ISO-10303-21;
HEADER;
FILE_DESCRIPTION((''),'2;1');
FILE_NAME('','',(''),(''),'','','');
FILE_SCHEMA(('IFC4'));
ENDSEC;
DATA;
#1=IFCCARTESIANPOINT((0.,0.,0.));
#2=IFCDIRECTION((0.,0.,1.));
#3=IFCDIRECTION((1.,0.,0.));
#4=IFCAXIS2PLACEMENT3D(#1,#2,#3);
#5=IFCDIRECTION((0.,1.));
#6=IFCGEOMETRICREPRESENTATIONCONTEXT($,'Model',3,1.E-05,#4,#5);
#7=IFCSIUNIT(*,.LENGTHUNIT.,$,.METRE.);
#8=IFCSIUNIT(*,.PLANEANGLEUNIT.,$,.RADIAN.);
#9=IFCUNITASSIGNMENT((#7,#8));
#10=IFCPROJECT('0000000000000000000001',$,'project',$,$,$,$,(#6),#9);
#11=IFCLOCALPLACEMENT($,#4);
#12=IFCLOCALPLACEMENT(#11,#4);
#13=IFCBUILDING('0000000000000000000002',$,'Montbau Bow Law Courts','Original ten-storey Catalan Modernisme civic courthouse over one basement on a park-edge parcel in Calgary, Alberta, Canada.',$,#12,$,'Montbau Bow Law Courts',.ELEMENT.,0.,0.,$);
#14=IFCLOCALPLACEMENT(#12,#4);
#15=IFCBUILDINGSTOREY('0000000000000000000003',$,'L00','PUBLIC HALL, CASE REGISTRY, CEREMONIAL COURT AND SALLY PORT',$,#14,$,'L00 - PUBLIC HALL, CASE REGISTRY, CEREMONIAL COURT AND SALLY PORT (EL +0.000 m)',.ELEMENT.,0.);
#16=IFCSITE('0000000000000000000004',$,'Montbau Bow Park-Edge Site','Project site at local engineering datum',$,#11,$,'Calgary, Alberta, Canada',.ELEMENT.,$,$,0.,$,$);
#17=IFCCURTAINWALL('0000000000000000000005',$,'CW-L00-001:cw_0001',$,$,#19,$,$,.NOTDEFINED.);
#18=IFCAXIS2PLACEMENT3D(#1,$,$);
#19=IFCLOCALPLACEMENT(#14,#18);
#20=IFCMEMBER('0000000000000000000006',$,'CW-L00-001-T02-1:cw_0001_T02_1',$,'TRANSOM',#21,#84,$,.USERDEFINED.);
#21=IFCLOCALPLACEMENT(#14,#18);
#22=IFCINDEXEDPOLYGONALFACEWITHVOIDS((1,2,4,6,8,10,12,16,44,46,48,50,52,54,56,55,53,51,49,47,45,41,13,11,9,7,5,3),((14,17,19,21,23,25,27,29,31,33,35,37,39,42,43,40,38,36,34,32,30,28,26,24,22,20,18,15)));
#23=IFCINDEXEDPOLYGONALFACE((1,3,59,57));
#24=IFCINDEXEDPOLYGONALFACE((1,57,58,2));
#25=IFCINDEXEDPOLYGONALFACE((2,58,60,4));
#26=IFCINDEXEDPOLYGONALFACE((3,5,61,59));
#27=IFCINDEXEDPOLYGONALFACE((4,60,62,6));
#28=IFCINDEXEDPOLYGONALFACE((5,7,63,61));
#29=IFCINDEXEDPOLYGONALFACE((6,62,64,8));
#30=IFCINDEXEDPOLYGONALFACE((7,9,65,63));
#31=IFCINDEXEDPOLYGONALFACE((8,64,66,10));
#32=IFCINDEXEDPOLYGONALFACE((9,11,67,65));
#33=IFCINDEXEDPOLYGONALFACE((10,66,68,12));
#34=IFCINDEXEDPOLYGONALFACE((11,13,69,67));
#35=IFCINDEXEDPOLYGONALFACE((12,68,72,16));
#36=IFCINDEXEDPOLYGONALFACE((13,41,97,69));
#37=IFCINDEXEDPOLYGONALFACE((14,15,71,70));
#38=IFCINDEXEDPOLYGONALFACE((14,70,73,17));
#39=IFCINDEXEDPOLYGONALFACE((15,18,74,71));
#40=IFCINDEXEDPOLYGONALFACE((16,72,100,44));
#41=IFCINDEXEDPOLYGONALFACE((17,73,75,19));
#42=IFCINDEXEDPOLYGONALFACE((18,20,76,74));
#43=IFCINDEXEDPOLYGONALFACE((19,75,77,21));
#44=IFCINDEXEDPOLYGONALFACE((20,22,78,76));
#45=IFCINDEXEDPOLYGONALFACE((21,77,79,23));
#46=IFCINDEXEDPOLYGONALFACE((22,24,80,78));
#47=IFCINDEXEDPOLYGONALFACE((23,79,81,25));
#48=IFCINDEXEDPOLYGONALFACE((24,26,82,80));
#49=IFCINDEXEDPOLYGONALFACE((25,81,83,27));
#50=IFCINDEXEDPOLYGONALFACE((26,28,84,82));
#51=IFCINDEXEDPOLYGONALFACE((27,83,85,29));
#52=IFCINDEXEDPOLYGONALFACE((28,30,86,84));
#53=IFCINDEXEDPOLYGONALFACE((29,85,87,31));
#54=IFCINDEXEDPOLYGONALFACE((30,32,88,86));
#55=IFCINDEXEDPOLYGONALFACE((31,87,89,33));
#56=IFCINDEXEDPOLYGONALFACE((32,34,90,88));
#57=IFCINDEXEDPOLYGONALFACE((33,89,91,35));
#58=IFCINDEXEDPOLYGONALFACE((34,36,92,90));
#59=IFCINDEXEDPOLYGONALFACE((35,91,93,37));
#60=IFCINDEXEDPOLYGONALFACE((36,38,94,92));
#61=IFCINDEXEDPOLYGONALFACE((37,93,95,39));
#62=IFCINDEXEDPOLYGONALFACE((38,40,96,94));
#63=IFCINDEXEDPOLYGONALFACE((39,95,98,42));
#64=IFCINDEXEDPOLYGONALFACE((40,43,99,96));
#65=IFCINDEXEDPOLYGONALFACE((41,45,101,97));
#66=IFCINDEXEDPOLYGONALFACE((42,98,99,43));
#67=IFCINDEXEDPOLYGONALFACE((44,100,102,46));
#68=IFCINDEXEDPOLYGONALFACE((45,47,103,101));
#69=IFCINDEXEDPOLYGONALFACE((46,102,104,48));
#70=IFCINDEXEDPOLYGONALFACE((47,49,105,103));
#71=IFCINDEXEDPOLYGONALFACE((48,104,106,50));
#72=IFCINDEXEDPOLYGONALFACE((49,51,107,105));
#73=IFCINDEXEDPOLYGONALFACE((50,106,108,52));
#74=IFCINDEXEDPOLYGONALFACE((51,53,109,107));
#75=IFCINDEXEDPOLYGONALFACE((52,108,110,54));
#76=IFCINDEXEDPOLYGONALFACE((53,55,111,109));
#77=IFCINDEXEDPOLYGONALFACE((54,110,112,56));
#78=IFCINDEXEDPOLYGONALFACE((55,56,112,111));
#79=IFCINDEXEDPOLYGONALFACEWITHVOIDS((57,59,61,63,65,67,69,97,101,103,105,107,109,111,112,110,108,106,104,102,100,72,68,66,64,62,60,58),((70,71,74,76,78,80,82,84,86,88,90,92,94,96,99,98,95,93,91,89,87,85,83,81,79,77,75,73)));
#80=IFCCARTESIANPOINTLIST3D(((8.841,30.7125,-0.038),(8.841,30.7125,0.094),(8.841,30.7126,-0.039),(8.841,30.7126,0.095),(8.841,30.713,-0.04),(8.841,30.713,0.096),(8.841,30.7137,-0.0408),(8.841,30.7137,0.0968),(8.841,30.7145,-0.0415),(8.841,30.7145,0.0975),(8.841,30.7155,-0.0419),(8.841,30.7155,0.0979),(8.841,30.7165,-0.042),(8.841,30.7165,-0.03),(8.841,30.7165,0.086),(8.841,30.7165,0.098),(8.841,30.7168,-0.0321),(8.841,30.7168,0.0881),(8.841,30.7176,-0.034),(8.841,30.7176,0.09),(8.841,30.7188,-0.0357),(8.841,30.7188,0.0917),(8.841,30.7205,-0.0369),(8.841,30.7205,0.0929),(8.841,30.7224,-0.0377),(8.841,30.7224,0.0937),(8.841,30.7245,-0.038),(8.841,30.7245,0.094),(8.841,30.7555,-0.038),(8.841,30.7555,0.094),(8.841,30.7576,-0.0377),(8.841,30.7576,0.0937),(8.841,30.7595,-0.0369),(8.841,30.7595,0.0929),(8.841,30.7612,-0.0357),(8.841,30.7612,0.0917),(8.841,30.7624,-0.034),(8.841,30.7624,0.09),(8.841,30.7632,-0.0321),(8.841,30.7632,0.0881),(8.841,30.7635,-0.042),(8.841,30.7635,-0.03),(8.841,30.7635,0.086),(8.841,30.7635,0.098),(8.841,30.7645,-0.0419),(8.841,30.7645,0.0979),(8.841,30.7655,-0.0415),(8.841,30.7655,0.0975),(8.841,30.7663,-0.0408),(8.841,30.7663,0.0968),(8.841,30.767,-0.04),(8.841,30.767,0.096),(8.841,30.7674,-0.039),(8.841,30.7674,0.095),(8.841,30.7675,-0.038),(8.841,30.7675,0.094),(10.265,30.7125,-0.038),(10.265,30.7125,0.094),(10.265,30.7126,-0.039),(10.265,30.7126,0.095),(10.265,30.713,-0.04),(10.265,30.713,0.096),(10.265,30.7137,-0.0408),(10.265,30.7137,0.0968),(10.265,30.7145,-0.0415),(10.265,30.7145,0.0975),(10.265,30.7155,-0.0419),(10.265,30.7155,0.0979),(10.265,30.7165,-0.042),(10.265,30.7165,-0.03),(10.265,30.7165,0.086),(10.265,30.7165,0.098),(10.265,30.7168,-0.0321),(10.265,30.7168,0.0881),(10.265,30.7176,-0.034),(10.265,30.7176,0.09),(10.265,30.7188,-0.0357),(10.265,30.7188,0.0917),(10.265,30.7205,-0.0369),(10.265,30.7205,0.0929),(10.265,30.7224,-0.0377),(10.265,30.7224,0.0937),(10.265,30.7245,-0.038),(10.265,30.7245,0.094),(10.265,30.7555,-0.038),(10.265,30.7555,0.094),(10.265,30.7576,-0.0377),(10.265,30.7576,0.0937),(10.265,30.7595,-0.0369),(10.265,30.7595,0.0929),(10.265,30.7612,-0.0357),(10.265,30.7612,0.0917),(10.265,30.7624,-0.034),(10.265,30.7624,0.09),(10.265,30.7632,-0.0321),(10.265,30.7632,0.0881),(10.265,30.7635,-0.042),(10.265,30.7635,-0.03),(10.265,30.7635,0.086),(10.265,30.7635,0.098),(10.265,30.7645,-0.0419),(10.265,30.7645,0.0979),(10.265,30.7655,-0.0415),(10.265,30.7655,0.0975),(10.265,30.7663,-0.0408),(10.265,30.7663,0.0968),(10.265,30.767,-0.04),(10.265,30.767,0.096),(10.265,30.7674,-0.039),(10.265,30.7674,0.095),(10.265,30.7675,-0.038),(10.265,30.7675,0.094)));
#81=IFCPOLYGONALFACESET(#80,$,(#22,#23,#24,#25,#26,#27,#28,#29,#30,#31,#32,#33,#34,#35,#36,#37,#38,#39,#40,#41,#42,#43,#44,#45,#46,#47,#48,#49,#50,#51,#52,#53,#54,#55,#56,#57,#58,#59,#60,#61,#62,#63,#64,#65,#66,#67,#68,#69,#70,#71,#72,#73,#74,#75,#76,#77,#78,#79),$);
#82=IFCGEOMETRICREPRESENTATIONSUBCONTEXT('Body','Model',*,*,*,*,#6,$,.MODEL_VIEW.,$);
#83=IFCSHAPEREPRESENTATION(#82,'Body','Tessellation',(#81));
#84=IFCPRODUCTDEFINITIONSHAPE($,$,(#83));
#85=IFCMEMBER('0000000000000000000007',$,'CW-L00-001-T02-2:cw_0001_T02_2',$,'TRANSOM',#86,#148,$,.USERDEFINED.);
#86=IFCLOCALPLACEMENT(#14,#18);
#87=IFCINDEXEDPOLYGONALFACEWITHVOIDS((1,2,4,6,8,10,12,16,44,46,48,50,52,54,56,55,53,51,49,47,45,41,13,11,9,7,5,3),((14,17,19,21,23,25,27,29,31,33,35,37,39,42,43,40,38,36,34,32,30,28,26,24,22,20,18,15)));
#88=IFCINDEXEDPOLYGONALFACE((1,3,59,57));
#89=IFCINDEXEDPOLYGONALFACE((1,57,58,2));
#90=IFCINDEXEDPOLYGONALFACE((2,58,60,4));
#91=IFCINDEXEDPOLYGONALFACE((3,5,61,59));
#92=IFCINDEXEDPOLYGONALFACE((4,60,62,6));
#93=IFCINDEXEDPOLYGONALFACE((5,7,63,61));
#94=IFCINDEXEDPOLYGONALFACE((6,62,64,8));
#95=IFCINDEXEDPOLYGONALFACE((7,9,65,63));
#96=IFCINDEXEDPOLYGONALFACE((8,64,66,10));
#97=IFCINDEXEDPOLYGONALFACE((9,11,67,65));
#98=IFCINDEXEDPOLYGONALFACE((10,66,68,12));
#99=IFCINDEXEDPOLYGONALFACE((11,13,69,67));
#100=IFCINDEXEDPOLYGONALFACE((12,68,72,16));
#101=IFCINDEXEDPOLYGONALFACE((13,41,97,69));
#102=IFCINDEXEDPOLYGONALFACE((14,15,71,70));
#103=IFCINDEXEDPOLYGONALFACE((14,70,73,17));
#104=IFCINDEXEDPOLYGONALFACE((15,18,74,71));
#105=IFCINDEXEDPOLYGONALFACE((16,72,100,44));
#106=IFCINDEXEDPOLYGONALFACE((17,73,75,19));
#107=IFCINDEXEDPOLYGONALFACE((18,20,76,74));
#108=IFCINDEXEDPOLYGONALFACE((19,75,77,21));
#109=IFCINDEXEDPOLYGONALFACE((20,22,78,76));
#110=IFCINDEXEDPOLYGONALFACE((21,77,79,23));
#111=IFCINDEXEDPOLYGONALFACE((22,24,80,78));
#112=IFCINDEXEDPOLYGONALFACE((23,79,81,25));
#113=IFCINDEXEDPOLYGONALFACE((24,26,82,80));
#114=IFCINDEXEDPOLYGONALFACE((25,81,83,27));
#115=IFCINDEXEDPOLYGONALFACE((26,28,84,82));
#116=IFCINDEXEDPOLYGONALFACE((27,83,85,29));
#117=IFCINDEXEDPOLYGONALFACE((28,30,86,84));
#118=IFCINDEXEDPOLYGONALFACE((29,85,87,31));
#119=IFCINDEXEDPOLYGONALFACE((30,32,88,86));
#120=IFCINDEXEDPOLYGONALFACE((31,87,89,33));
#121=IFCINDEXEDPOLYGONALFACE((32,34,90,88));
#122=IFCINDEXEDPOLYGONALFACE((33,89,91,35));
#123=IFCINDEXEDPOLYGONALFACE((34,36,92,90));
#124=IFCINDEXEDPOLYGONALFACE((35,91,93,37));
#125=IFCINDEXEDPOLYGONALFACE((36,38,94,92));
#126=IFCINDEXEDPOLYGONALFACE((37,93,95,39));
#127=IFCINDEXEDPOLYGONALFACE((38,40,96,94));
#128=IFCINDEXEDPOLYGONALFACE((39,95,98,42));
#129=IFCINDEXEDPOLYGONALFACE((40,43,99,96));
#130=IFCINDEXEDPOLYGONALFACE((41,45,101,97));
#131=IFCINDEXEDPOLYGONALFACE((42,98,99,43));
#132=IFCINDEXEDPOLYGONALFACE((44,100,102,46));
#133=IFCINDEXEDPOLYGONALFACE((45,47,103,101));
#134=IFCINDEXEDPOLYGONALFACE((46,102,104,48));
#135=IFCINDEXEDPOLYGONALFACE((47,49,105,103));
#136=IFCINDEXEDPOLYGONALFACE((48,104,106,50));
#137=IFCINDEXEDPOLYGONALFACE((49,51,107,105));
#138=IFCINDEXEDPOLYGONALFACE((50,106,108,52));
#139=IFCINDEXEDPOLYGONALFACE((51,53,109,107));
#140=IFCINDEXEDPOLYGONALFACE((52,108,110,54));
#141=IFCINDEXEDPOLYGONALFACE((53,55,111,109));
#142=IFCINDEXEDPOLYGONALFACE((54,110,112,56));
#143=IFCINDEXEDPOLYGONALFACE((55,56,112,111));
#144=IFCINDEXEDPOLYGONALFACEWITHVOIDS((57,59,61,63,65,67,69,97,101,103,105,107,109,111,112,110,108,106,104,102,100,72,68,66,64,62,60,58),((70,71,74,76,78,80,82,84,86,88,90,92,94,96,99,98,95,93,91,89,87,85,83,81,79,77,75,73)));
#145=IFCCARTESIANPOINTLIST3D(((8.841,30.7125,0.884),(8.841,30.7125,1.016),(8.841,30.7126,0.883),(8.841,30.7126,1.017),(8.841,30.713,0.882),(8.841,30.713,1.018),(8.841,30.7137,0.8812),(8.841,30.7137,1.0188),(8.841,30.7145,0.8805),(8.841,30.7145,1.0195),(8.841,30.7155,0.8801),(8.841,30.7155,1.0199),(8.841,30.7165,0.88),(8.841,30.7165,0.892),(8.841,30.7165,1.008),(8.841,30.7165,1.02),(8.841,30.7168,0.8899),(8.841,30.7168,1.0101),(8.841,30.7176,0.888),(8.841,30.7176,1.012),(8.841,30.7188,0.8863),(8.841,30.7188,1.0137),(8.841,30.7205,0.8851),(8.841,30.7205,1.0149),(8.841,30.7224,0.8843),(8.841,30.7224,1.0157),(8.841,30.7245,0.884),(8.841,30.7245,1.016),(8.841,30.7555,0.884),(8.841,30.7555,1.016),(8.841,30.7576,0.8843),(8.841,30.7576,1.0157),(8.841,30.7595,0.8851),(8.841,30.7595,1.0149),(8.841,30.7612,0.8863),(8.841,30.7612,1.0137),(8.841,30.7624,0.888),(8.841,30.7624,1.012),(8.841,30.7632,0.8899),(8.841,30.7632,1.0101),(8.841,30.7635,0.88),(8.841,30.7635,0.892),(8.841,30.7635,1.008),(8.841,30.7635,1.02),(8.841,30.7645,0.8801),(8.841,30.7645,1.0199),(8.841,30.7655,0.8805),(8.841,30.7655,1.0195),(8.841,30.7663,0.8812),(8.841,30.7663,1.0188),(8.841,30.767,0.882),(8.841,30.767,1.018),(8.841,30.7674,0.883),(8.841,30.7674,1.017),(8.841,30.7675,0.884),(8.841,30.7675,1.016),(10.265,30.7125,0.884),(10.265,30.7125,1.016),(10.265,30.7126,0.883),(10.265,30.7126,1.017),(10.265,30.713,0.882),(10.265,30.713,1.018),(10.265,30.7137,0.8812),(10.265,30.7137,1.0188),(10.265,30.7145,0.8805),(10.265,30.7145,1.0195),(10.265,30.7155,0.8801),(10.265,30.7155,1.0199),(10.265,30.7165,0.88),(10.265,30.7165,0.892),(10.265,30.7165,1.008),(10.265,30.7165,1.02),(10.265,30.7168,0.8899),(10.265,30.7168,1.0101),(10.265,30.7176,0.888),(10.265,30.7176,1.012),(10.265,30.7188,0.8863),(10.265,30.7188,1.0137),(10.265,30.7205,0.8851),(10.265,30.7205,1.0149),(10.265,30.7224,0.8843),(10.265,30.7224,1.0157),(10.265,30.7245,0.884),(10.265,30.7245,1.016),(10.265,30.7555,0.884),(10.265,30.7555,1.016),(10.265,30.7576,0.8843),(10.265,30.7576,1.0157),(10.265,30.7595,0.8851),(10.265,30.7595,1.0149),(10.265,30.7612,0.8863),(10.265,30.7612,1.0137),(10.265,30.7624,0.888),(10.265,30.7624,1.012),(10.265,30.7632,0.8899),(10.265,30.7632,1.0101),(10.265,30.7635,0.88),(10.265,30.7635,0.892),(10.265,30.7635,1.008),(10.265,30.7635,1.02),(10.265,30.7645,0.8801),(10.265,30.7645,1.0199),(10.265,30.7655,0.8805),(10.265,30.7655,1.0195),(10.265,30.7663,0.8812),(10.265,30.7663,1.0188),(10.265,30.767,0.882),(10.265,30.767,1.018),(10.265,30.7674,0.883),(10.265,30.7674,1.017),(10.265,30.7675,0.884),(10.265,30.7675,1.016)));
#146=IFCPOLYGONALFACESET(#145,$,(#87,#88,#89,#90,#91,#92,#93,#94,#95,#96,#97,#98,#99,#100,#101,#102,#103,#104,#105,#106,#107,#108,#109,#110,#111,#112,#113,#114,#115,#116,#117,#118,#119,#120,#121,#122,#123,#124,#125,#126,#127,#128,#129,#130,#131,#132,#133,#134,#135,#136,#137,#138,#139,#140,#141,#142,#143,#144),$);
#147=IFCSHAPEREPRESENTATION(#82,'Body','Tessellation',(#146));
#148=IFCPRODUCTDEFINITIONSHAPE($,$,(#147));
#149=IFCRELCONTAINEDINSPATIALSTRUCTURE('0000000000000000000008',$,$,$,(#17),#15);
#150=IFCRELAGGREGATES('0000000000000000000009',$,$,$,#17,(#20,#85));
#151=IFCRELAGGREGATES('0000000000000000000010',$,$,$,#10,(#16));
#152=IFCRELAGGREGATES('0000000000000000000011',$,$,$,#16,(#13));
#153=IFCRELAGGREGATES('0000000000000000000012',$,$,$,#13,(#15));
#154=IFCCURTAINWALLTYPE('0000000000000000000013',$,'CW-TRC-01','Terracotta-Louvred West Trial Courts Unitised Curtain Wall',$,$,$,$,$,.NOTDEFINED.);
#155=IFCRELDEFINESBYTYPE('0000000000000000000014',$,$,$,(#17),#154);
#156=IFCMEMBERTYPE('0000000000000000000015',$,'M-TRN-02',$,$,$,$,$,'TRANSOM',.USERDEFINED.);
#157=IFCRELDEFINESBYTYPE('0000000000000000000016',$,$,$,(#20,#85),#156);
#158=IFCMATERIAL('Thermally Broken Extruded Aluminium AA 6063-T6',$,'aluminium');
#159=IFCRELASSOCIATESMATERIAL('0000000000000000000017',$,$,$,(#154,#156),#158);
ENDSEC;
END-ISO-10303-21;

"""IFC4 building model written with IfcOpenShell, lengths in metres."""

from ifc_helpers import new_model, si_unit, direction, frame, origin_with_axes, origin_2d_with_axis, place, context, subcontext, project, spatial, hollow_rectangle, extrude, material, material_profile, profile_set, type_object, element, aggregate, save


model = new_model("IFC4")

# Units and contexts
model_context = context("Model", 3, precision=1e-05, world=origin_with_axes(), true_north=direction((0.0, 1.0)))
body_context = subcontext(model_context, "Body", "Model", "MODEL_VIEW")
ifc_project = project(units=[si_unit("LENGTHUNIT", "METRE"), si_unit("PLANEANGLEUNIT", "RADIAN")], contexts=[model_context])

# Site, building, storey
site_placement = place(None, origin_with_axes())
site = spatial("IfcSite", under=ifc_project, at=site_placement, Name="Montbau Bow Park-Edge Site", Description="Project site at local engineering datum", LongName="Calgary, Alberta, Canada", CompositionType="ELEMENT", RefElevation=0.0)
building_placement = place(site_placement, origin_with_axes())
building = spatial("IfcBuilding", under=site, at=building_placement, Name="Montbau Bow Law Courts", Description="Original ten-storey Catalan Modernisme civic courthouse over one basement on a park-edge parcel in Calgary, Alberta, Canada.", LongName="Montbau Bow Law Courts", CompositionType="ELEMENT", ElevationOfRefHeight=0.0, ElevationOfTerrain=0.0)
storey_placement = place(building_placement, origin_with_axes())
storey = spatial("IfcBuildingStorey", under=building, at=storey_placement, Name="L00", Description="PUBLIC HALL, CASE REGISTRY, CEREMONIAL COURT AND SALLY PORT", LongName="L00 - PUBLIC HALL, CASE REGISTRY, CEREMONIAL COURT AND SALLY PORT (EL +0.000 m)", CompositionType="ELEMENT", Elevation=0.0)

# Curtain wall
ifc_material_1 = material(Name="Thermally Broken Extruded Aluminium AA 6063-T6", Category="aluminium")
curtain_wall_type = type_object("IfcCurtainWallType", Name="CW-TRC-01", Description="Terracotta-Louvred West Trial Courts Unitised Curtain Wall", PredefinedType="NOTDEFINED", material=ifc_material_1)
curtain_wall_1_placement = place(None, frame((7.315, 30.74, 0.0), z_axis=(0.0, 0.0, 1.0), x_axis=(1.0, 0.0, 0.0)))
curtain_wall_1 = element("IfcCurtainWall", 1, at=curtain_wall_1_placement, inside=storey, type_object=curtain_wall_type, Name="CW-L00-001:cw_0001", PredefinedType="NOTDEFINED")

# Members
ifc_material_profile_1 = material_profile(ifc_material_1, hollow_rectangle(XDim=0.055, YDim=0.14, WallThickness=0.004, InnerFilletRadius=0.008, OuterFilletRadius=0.004, at=origin_2d_with_axis()), Name="CWT-140X55", Category="Main", Priority=0)
ifc_profile_set_1 = profile_set([ifc_material_profile_1], Name="Thermally Broken Extruded Aluminium AA 6063-T6")
member_type_1 = type_object("IfcMemberType", Name="M-TRN-02", ElementType="TRANSOM", PredefinedType="USERDEFINED", material=ifc_profile_set_1)
member_1_placement = place(None, frame((8.841, 30.74, 0.028), z_axis=(1.0, 0.0, 0.0), x_axis=(0.0, 1.0, 0.0)))
member_1 = element("IfcMember", 2, at=member_1_placement, type_object=member_type_1, Name="CW-L00-001-T02-1:cw_0001_T02_1", ObjectType="TRANSOM", PredefinedType="USERDEFINED", context=body_context, shape_type="SweptSolid", body=[
    extrude(hollow_rectangle(XDim=0.055, YDim=0.14, WallThickness=0.004, InnerFilletRadius=0.008, OuterFilletRadius=0.004, at=origin_2d_with_axis()), origin_with_axes(), (0.0, 0.0, 1.0), 1.424),
])
member_2_placement = place(None, frame((8.841, 30.74, 0.95), z_axis=(1.0, 0.0, 0.0), x_axis=(0.0, 1.0, 0.0)))
member_2 = element("IfcMember", 3, at=member_2_placement, type_object=member_type_1, Name="CW-L00-001-T02-2:cw_0001_T02_2", ObjectType="TRANSOM", PredefinedType="USERDEFINED", context=body_context, shape_type="SweptSolid", body=[
    extrude(hollow_rectangle(XDim=0.055, YDim=0.14, WallThickness=0.004, InnerFilletRadius=0.008, OuterFilletRadius=0.004, at=origin_2d_with_axis()), origin_with_axes(), (0.0, 0.0, 1.0), 1.424),
])

aggregate(curtain_wall_1, [member_1, member_2])

save(model, "model.ifc")
